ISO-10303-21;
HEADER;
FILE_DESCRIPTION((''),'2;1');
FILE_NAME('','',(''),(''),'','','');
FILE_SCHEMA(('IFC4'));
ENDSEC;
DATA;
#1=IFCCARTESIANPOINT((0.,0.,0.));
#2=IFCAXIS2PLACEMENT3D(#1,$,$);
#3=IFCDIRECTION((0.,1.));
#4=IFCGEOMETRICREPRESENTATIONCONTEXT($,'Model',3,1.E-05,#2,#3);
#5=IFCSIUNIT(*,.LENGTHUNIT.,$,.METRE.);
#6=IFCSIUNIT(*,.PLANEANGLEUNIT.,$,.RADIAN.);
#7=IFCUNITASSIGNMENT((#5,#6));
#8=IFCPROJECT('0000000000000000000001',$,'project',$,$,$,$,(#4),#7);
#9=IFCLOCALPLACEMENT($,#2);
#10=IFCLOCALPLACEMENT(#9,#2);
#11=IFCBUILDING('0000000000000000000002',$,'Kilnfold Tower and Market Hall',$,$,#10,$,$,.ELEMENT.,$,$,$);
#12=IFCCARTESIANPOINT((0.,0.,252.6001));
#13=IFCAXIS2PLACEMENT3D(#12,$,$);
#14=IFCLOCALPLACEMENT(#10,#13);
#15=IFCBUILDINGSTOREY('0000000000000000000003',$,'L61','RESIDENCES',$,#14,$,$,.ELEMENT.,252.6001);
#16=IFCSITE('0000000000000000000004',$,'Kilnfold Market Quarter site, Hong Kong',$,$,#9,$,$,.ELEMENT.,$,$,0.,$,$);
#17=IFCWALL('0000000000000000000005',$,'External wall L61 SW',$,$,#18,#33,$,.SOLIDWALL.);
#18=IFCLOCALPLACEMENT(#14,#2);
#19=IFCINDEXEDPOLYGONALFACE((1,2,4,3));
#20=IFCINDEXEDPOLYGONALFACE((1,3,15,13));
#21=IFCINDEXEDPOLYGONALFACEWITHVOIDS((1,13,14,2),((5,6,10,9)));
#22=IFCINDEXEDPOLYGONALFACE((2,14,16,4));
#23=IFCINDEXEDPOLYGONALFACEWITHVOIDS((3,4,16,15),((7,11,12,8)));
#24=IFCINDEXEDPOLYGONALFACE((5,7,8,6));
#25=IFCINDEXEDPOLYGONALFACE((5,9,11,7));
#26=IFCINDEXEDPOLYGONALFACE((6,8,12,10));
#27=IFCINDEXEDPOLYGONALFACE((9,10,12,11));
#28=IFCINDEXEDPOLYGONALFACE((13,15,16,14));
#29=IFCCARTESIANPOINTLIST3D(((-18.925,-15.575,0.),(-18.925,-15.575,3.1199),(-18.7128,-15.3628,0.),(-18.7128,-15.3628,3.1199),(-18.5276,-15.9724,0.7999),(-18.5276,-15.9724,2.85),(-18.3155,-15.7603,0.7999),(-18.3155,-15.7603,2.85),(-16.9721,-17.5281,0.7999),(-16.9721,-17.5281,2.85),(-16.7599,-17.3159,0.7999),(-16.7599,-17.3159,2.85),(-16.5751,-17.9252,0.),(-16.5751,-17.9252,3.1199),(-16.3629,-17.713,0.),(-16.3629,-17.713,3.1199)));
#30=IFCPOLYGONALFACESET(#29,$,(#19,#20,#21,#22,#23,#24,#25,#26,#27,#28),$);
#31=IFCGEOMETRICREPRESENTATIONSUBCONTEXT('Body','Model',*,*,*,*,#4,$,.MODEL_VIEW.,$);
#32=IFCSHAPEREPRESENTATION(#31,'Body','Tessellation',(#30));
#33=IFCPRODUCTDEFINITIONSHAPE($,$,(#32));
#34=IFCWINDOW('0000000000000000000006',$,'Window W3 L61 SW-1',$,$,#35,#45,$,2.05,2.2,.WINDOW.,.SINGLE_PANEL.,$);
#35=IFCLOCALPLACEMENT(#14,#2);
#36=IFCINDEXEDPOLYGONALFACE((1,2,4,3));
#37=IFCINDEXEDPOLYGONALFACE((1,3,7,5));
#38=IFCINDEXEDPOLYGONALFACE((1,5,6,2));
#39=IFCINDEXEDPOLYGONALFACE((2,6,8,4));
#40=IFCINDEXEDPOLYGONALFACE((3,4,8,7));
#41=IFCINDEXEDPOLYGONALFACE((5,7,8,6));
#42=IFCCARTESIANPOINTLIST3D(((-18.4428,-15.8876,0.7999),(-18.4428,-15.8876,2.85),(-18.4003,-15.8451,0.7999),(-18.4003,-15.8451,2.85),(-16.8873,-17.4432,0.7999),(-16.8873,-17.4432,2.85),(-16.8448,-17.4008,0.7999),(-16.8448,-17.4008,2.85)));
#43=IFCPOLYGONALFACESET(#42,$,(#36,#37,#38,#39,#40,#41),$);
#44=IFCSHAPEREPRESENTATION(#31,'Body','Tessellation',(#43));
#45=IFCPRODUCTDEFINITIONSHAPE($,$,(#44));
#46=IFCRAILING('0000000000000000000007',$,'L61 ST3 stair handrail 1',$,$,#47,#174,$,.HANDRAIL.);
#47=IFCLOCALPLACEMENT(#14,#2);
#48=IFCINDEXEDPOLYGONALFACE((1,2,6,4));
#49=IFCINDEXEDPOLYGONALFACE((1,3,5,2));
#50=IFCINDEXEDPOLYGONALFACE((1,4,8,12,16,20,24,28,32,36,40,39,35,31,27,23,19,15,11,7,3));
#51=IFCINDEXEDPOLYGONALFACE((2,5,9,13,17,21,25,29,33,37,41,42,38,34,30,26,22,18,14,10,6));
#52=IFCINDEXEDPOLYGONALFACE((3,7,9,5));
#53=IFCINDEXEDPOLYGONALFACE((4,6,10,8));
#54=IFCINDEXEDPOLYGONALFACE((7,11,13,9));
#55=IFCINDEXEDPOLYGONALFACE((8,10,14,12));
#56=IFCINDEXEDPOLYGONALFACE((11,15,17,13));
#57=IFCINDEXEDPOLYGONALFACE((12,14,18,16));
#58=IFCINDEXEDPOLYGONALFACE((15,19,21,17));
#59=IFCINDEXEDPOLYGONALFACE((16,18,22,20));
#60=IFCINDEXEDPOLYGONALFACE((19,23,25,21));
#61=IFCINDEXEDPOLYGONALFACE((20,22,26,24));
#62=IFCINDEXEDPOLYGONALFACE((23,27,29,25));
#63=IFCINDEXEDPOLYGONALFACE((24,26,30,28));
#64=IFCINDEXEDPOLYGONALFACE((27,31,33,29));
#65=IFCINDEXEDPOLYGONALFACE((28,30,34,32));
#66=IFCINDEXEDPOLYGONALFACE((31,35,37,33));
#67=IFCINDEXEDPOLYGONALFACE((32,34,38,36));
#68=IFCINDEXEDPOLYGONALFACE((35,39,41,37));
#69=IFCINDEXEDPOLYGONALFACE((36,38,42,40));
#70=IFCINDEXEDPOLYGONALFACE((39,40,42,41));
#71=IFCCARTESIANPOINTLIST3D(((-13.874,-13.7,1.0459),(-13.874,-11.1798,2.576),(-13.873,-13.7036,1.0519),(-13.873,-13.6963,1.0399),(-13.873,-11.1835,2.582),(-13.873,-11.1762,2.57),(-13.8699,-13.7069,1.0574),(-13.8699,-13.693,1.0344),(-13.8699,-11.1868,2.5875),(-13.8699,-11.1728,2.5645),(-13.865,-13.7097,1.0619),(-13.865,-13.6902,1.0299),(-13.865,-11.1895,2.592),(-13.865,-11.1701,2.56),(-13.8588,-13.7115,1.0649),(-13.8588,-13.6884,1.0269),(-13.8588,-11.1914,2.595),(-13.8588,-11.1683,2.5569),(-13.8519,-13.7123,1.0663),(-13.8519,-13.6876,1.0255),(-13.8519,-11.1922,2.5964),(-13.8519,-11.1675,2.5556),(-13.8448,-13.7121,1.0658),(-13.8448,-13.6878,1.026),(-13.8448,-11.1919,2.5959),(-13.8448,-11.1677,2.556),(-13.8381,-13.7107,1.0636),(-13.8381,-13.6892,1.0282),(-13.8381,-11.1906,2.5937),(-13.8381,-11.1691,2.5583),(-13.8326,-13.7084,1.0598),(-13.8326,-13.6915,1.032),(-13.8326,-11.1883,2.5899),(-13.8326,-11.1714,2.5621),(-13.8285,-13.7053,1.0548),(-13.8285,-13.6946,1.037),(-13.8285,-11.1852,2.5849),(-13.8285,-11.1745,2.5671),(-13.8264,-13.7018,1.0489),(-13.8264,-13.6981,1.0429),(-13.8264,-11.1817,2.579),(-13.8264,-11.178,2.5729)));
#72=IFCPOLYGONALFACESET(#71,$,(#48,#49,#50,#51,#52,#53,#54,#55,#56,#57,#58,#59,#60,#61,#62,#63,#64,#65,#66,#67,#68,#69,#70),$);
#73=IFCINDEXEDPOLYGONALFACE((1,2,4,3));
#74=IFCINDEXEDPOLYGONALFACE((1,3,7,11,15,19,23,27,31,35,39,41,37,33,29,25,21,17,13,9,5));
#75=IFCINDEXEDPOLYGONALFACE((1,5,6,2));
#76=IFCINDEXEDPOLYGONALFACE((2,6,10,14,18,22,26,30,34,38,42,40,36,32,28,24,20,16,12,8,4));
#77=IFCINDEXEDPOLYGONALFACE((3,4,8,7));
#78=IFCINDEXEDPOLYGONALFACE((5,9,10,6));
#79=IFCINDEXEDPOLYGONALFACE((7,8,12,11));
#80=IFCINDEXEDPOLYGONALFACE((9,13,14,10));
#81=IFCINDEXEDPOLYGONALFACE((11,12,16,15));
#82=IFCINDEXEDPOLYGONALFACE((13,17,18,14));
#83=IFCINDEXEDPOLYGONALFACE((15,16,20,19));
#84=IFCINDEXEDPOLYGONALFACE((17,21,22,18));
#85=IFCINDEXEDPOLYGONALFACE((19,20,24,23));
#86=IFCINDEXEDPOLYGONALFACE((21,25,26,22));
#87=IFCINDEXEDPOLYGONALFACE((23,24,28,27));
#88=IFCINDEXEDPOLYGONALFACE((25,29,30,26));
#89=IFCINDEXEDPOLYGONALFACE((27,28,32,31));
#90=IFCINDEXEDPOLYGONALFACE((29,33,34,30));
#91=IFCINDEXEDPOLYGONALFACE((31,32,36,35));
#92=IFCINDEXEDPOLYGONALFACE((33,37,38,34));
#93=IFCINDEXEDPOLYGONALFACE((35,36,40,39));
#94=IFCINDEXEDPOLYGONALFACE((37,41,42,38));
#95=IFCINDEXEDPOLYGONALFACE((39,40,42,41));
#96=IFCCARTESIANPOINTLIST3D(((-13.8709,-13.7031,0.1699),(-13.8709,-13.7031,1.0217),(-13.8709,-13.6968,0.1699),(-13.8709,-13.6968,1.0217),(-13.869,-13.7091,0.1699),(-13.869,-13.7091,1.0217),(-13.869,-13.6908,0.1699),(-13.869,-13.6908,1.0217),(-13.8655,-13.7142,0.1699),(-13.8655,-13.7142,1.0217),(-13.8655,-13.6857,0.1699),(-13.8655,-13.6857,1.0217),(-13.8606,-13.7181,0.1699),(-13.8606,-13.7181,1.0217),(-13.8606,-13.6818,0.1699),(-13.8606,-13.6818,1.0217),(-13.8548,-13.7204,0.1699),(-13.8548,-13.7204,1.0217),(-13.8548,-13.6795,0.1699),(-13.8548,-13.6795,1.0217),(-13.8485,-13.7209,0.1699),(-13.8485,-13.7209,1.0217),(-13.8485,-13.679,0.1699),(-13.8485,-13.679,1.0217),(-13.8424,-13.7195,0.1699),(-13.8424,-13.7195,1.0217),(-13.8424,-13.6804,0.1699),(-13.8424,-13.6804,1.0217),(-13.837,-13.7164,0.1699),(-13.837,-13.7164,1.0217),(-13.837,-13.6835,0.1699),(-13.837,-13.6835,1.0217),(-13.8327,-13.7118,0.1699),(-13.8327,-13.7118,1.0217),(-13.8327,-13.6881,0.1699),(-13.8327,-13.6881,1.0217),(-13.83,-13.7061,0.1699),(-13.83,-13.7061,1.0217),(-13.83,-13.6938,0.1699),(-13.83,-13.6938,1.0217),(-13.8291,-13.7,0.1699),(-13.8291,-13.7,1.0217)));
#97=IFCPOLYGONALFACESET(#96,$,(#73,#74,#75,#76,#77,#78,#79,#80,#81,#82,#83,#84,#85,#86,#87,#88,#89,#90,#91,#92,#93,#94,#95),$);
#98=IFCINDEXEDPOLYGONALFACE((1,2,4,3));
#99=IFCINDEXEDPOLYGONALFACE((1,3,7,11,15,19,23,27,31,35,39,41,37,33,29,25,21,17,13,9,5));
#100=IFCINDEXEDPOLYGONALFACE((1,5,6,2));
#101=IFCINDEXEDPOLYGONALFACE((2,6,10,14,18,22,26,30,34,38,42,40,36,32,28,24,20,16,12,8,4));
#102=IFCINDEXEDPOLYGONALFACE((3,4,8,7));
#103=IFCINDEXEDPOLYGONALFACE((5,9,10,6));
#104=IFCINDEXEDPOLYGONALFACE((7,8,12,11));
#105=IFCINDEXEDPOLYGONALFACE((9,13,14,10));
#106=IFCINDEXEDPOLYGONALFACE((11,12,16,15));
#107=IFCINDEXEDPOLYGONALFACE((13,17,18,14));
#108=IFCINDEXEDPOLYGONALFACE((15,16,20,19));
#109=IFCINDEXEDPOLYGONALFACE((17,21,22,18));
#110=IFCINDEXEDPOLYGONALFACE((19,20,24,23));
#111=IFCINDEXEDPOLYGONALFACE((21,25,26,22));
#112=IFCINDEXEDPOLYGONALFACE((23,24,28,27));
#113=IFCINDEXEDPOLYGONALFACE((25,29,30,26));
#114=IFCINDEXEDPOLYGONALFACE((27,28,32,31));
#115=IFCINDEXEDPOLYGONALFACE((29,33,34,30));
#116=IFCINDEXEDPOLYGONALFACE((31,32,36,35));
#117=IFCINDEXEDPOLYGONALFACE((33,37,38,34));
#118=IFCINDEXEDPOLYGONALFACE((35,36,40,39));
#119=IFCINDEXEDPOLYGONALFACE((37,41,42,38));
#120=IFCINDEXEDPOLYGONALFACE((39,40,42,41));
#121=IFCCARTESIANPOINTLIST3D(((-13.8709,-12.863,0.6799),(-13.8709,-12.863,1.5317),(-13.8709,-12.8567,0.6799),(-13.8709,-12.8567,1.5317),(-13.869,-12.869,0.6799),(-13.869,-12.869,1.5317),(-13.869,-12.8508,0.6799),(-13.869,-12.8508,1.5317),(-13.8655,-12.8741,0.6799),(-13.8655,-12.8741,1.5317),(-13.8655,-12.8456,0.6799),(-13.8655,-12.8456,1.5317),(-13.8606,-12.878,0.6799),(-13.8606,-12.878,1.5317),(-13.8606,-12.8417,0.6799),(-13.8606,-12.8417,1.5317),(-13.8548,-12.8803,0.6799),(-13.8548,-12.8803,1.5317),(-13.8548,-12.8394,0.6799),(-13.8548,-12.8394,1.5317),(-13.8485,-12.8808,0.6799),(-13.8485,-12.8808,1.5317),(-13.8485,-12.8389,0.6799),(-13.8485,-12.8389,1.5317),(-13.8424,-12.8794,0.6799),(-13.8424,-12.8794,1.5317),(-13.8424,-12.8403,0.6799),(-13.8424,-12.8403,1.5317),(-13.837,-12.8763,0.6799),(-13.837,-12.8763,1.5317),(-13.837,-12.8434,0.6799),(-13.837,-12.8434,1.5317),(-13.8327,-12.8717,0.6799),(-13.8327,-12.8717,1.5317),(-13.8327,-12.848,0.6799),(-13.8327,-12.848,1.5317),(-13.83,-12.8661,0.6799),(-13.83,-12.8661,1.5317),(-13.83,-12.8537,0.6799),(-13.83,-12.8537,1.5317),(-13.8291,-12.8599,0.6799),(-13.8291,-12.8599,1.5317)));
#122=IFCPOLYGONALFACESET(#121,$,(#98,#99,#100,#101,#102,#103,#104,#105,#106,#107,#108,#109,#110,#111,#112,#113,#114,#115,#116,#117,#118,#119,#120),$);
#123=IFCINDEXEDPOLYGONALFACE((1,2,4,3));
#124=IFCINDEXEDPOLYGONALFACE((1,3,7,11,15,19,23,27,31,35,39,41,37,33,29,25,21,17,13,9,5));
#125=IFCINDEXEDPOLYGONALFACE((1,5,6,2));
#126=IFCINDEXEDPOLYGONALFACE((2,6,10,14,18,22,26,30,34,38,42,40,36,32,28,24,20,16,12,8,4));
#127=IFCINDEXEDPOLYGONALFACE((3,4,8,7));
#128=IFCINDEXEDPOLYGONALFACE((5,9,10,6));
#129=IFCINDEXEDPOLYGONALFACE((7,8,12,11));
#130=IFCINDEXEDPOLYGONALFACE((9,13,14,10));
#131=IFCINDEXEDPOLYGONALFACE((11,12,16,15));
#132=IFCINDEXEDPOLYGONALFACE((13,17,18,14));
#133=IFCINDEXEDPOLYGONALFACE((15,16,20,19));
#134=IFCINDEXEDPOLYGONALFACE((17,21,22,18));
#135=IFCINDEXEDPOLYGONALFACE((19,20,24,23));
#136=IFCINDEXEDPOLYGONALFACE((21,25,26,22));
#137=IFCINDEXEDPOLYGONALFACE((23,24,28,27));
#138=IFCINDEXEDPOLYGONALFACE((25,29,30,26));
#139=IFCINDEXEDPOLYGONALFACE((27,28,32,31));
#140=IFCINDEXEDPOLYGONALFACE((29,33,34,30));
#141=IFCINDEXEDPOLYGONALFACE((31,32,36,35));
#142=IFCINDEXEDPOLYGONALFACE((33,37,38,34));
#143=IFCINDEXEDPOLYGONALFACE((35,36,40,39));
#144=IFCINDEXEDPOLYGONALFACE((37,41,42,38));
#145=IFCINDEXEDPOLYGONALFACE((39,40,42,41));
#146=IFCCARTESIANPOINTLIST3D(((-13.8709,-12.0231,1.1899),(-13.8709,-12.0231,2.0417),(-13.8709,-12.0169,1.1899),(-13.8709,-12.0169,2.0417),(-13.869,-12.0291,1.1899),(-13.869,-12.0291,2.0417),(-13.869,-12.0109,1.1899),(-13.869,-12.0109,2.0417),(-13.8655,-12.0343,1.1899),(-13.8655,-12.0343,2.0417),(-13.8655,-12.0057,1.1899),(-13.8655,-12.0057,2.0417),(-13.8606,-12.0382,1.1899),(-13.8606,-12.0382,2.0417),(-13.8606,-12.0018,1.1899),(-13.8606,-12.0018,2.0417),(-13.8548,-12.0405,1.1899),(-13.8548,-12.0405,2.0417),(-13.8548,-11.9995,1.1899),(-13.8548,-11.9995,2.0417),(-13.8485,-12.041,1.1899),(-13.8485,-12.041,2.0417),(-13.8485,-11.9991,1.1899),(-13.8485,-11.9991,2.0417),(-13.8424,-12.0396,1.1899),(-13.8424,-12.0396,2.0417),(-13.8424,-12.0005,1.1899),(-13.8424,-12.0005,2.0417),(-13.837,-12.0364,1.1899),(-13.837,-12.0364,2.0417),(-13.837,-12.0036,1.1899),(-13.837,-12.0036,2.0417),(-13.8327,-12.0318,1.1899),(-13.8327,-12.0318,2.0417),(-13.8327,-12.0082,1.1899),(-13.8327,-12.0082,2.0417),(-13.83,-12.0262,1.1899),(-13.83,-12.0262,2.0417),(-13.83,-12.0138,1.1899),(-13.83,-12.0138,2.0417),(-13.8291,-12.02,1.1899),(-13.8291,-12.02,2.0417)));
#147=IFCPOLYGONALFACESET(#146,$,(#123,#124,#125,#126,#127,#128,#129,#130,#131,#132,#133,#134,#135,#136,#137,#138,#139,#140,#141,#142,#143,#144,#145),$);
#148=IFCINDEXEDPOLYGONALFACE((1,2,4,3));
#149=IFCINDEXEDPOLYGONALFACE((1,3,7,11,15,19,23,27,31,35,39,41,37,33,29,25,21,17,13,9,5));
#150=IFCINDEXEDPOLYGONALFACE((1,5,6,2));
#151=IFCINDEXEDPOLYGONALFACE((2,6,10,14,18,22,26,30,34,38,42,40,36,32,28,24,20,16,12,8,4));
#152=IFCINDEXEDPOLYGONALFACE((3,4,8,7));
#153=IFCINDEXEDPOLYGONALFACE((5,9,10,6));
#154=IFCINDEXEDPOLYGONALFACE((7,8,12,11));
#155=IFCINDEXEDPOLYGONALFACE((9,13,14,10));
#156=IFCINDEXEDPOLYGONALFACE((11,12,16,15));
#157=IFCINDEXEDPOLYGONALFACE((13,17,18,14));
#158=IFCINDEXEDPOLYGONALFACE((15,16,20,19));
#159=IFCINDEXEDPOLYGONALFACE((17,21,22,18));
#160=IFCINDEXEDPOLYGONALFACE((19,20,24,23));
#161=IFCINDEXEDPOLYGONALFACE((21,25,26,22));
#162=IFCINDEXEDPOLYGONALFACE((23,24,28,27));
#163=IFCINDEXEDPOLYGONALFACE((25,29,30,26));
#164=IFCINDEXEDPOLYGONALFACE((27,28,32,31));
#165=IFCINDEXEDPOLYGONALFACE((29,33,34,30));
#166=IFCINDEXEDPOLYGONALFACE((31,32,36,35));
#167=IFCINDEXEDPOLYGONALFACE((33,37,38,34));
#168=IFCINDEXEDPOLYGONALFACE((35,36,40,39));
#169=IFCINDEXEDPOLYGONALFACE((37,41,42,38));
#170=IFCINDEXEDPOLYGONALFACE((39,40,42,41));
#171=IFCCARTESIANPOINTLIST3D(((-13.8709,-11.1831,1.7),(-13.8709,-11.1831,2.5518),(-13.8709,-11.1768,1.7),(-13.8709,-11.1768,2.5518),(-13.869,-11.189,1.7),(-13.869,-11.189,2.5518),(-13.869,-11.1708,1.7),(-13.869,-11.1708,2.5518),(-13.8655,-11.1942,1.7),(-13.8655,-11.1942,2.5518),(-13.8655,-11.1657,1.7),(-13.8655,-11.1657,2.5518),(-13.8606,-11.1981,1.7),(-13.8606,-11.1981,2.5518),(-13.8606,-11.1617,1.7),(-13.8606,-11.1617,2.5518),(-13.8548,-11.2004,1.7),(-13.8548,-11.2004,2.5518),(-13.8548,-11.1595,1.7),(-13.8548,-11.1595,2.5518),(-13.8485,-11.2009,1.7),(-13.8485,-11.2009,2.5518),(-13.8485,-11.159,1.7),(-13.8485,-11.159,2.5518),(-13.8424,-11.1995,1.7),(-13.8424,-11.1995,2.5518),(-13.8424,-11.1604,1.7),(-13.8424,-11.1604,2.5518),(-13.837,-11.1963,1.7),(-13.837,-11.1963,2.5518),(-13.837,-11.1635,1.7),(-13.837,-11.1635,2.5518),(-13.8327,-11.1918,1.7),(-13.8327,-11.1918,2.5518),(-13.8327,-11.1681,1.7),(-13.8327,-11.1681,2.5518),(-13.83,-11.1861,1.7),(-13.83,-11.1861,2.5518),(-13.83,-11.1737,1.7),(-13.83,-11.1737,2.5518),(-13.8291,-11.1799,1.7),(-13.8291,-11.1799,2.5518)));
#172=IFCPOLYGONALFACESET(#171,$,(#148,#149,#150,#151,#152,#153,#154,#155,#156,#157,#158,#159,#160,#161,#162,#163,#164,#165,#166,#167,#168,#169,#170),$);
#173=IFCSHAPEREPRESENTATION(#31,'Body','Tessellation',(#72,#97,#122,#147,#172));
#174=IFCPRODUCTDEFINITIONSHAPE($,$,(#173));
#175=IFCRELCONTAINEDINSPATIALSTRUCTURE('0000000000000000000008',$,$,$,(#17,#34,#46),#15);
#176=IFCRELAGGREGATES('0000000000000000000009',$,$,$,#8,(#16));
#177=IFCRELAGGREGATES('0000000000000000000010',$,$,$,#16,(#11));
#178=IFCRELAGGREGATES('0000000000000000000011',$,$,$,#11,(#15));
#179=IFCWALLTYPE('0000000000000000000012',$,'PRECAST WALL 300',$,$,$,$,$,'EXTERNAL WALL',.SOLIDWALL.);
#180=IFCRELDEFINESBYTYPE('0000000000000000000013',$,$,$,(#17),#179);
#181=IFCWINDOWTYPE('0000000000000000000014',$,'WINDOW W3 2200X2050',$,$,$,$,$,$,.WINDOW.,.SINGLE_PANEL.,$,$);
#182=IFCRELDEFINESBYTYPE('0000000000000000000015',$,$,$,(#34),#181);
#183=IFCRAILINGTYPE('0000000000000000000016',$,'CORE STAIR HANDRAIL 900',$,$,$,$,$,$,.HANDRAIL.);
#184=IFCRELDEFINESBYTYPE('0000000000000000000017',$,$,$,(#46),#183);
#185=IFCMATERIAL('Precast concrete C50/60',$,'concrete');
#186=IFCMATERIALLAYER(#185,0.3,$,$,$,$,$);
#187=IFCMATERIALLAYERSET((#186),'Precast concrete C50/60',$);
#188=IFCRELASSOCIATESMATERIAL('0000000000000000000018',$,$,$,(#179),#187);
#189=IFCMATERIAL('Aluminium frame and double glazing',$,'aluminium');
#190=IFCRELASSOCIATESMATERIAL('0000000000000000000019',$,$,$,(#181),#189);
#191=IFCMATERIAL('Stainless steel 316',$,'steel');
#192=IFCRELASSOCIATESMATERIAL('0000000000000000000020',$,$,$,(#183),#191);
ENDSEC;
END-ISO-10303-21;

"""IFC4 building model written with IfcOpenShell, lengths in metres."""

from ifc_helpers import new_model, si_unit, direction, frame, frame_2d, origin, origin_2d, place, context, subcontext, project, spatial, rectangle, circle, extrude, source, transform, mapped, material, layer, layer_set, type_object, element, fill, save


model = new_model("IFC4")

# Units and contexts
model_context = context("Model", 3, precision=1e-05, world=origin(), true_north=direction((0.0, 1.0)))
body_context = subcontext(model_context, "Body", "Model", "MODEL_VIEW")
ifc_project = project(units=[si_unit("LENGTHUNIT", "METRE"), si_unit("PLANEANGLEUNIT", "RADIAN")], contexts=[model_context])

# Site, building, storey
site_placement = place(None, origin())
site = spatial("IfcSite", under=ifc_project, at=site_placement, Name="Kilnfold Market Quarter site, Hong Kong", CompositionType="ELEMENT", RefElevation=0.0)
building_placement = place(site_placement, origin())
building = spatial("IfcBuilding", under=site, at=building_placement, Name="Kilnfold Tower and Market Hall", CompositionType="ELEMENT")
storey_placement = place(building_placement, frame((0.0, 0.0, 252.6001)))
storey = spatial("IfcBuildingStorey", under=building, at=storey_placement, Name="L61", Description="RESIDENCES", CompositionType="ELEMENT", Elevation=252.6001)

# Shared definitions
ifc_material_1 = material(Name="Precast concrete C50/60", Category="concrete")
ifc_layer_1 = layer(ifc_material_1, 0.3)
ifc_layer_set_1 = layer_set([ifc_layer_1], Name="Precast concrete C50/60")
wall_type_1 = type_object("IfcWallType", Name="PRECAST WALL 300", ElementType="EXTERNAL WALL", PredefinedType="SOLIDWALL", material=ifc_layer_set_1)

# Wall, opening, window
shared_shape_1 = source(origin(), body_context, "Body", "SweptSolid", [
    extrude(rectangle(XDim=3.3235, YDim=0.3, at=frame_2d((1.6616, 0.0))), origin(), (0.0, 0.0, 1.0), 3.1199),
])
wall_1_placement = place(storey_placement, frame((-18.8188, -15.469, 0.0), z_axis=(0.0, 0.0, 1.0), x_axis=(0.70707, -0.707144, 0.0)))
wall_1 = element("IfcWall", 1, at=wall_1_placement, inside=storey, type_object=wall_type_1, Name="External wall L61 SW", PredefinedType="SOLIDWALL", context=body_context, shape_type="MappedRepresentation", body=[
    mapped(shared_shape_1, transform((0.0, 0.0, 0.0))),
])
opening_1_placement = place(wall_1_placement, frame((0.5618, 0.0, 0.8)))
opening_1 = element("IfcOpeningElement", 2, at=opening_1_placement, cuts=wall_1, PredefinedType="OPENING", context=body_context, shape_type="SweptSolid", body=[
    extrude(rectangle(XDim=2.2, YDim=2.05, at=frame_2d((1.1001, 1.0249))), frame((0.0, 0.1602, 0.0), z_axis=(0.0, -1.0, 0.0), x_axis=(1.0, 0.0, 0.0)), (0.0, 0.0, 1.0), 0.3201),
])
ifc_material_2 = material(Name="Aluminium frame and double glazing", Category="aluminium")
window_type_1 = type_object("IfcWindowType", Name="WINDOW W3 2200X2050", PartitioningType="SINGLE_PANEL", PredefinedType="WINDOW", material=ifc_material_2)
window_1_placement = place(opening_1_placement, origin())
window_1 = element("IfcWindow", 3, at=window_1_placement, inside=storey, type_object=window_type_1, Name="Window W3 L61 SW-1", OverallHeight=2.05, OverallWidth=2.2, PartitioningType="SINGLE_PANEL", PredefinedType="WINDOW", context=body_context, shape_type="SweptSolid", body=[
    extrude(rectangle(XDim=2.2, YDim=2.05, at=frame_2d((1.1001, 1.0249))), frame((0.0, 0.03, 0.0), z_axis=(0.0, -1.0, 0.0), x_axis=(1.0, 0.0, 0.0)), (0.0, 0.0, 1.0), 0.0601),
])
fill(opening_1, window_1)

# Railing
ifc_material_3 = material(Name="Stainless steel 316", Category="steel")
railing_type_1 = type_object("IfcRailingType", Name="CORE STAIR HANDRAIL 900", PredefinedType="HANDRAIL", material=ifc_material_3)
railing_1_placement = place(storey_placement, frame((-13.8501, -13.7, 0.1699)))
element("IfcRailing", 4, at=railing_1_placement, inside=storey, type_object=railing_type_1, Name="L61 ST3 stair handrail 1", PredefinedType="HANDRAIL", context=body_context, shape_type="SweptSolid", body=[
    extrude(circle(Radius=0.0239, at=origin_2d()), frame((0.0, 0.0, 0.876), z_axis=(0.0, 0.854785, 0.518982), x_axis=(-1.0, 0.0, 0.0)), (0.0, 0.0, 1.0), 2.9482),
    extrude(circle(Radius=0.021, at=origin_2d()), origin(), (0.0, 0.0, 1.0), 0.8518),
    extrude(circle(Radius=0.021, at=origin_2d()), frame((0.0, 0.8401, 0.51)), (0.0, 0.0, 1.0), 0.8518),
    extrude(circle(Radius=0.021, at=origin_2d()), frame((0.0, 1.6799, 1.02)), (0.0, 0.0, 1.0), 0.8518),
    extrude(circle(Radius=0.021, at=origin_2d()), frame((0.0, 2.52, 1.53)), (0.0, 0.0, 1.0), 0.8518),
])

save(model, "model.ifc")
